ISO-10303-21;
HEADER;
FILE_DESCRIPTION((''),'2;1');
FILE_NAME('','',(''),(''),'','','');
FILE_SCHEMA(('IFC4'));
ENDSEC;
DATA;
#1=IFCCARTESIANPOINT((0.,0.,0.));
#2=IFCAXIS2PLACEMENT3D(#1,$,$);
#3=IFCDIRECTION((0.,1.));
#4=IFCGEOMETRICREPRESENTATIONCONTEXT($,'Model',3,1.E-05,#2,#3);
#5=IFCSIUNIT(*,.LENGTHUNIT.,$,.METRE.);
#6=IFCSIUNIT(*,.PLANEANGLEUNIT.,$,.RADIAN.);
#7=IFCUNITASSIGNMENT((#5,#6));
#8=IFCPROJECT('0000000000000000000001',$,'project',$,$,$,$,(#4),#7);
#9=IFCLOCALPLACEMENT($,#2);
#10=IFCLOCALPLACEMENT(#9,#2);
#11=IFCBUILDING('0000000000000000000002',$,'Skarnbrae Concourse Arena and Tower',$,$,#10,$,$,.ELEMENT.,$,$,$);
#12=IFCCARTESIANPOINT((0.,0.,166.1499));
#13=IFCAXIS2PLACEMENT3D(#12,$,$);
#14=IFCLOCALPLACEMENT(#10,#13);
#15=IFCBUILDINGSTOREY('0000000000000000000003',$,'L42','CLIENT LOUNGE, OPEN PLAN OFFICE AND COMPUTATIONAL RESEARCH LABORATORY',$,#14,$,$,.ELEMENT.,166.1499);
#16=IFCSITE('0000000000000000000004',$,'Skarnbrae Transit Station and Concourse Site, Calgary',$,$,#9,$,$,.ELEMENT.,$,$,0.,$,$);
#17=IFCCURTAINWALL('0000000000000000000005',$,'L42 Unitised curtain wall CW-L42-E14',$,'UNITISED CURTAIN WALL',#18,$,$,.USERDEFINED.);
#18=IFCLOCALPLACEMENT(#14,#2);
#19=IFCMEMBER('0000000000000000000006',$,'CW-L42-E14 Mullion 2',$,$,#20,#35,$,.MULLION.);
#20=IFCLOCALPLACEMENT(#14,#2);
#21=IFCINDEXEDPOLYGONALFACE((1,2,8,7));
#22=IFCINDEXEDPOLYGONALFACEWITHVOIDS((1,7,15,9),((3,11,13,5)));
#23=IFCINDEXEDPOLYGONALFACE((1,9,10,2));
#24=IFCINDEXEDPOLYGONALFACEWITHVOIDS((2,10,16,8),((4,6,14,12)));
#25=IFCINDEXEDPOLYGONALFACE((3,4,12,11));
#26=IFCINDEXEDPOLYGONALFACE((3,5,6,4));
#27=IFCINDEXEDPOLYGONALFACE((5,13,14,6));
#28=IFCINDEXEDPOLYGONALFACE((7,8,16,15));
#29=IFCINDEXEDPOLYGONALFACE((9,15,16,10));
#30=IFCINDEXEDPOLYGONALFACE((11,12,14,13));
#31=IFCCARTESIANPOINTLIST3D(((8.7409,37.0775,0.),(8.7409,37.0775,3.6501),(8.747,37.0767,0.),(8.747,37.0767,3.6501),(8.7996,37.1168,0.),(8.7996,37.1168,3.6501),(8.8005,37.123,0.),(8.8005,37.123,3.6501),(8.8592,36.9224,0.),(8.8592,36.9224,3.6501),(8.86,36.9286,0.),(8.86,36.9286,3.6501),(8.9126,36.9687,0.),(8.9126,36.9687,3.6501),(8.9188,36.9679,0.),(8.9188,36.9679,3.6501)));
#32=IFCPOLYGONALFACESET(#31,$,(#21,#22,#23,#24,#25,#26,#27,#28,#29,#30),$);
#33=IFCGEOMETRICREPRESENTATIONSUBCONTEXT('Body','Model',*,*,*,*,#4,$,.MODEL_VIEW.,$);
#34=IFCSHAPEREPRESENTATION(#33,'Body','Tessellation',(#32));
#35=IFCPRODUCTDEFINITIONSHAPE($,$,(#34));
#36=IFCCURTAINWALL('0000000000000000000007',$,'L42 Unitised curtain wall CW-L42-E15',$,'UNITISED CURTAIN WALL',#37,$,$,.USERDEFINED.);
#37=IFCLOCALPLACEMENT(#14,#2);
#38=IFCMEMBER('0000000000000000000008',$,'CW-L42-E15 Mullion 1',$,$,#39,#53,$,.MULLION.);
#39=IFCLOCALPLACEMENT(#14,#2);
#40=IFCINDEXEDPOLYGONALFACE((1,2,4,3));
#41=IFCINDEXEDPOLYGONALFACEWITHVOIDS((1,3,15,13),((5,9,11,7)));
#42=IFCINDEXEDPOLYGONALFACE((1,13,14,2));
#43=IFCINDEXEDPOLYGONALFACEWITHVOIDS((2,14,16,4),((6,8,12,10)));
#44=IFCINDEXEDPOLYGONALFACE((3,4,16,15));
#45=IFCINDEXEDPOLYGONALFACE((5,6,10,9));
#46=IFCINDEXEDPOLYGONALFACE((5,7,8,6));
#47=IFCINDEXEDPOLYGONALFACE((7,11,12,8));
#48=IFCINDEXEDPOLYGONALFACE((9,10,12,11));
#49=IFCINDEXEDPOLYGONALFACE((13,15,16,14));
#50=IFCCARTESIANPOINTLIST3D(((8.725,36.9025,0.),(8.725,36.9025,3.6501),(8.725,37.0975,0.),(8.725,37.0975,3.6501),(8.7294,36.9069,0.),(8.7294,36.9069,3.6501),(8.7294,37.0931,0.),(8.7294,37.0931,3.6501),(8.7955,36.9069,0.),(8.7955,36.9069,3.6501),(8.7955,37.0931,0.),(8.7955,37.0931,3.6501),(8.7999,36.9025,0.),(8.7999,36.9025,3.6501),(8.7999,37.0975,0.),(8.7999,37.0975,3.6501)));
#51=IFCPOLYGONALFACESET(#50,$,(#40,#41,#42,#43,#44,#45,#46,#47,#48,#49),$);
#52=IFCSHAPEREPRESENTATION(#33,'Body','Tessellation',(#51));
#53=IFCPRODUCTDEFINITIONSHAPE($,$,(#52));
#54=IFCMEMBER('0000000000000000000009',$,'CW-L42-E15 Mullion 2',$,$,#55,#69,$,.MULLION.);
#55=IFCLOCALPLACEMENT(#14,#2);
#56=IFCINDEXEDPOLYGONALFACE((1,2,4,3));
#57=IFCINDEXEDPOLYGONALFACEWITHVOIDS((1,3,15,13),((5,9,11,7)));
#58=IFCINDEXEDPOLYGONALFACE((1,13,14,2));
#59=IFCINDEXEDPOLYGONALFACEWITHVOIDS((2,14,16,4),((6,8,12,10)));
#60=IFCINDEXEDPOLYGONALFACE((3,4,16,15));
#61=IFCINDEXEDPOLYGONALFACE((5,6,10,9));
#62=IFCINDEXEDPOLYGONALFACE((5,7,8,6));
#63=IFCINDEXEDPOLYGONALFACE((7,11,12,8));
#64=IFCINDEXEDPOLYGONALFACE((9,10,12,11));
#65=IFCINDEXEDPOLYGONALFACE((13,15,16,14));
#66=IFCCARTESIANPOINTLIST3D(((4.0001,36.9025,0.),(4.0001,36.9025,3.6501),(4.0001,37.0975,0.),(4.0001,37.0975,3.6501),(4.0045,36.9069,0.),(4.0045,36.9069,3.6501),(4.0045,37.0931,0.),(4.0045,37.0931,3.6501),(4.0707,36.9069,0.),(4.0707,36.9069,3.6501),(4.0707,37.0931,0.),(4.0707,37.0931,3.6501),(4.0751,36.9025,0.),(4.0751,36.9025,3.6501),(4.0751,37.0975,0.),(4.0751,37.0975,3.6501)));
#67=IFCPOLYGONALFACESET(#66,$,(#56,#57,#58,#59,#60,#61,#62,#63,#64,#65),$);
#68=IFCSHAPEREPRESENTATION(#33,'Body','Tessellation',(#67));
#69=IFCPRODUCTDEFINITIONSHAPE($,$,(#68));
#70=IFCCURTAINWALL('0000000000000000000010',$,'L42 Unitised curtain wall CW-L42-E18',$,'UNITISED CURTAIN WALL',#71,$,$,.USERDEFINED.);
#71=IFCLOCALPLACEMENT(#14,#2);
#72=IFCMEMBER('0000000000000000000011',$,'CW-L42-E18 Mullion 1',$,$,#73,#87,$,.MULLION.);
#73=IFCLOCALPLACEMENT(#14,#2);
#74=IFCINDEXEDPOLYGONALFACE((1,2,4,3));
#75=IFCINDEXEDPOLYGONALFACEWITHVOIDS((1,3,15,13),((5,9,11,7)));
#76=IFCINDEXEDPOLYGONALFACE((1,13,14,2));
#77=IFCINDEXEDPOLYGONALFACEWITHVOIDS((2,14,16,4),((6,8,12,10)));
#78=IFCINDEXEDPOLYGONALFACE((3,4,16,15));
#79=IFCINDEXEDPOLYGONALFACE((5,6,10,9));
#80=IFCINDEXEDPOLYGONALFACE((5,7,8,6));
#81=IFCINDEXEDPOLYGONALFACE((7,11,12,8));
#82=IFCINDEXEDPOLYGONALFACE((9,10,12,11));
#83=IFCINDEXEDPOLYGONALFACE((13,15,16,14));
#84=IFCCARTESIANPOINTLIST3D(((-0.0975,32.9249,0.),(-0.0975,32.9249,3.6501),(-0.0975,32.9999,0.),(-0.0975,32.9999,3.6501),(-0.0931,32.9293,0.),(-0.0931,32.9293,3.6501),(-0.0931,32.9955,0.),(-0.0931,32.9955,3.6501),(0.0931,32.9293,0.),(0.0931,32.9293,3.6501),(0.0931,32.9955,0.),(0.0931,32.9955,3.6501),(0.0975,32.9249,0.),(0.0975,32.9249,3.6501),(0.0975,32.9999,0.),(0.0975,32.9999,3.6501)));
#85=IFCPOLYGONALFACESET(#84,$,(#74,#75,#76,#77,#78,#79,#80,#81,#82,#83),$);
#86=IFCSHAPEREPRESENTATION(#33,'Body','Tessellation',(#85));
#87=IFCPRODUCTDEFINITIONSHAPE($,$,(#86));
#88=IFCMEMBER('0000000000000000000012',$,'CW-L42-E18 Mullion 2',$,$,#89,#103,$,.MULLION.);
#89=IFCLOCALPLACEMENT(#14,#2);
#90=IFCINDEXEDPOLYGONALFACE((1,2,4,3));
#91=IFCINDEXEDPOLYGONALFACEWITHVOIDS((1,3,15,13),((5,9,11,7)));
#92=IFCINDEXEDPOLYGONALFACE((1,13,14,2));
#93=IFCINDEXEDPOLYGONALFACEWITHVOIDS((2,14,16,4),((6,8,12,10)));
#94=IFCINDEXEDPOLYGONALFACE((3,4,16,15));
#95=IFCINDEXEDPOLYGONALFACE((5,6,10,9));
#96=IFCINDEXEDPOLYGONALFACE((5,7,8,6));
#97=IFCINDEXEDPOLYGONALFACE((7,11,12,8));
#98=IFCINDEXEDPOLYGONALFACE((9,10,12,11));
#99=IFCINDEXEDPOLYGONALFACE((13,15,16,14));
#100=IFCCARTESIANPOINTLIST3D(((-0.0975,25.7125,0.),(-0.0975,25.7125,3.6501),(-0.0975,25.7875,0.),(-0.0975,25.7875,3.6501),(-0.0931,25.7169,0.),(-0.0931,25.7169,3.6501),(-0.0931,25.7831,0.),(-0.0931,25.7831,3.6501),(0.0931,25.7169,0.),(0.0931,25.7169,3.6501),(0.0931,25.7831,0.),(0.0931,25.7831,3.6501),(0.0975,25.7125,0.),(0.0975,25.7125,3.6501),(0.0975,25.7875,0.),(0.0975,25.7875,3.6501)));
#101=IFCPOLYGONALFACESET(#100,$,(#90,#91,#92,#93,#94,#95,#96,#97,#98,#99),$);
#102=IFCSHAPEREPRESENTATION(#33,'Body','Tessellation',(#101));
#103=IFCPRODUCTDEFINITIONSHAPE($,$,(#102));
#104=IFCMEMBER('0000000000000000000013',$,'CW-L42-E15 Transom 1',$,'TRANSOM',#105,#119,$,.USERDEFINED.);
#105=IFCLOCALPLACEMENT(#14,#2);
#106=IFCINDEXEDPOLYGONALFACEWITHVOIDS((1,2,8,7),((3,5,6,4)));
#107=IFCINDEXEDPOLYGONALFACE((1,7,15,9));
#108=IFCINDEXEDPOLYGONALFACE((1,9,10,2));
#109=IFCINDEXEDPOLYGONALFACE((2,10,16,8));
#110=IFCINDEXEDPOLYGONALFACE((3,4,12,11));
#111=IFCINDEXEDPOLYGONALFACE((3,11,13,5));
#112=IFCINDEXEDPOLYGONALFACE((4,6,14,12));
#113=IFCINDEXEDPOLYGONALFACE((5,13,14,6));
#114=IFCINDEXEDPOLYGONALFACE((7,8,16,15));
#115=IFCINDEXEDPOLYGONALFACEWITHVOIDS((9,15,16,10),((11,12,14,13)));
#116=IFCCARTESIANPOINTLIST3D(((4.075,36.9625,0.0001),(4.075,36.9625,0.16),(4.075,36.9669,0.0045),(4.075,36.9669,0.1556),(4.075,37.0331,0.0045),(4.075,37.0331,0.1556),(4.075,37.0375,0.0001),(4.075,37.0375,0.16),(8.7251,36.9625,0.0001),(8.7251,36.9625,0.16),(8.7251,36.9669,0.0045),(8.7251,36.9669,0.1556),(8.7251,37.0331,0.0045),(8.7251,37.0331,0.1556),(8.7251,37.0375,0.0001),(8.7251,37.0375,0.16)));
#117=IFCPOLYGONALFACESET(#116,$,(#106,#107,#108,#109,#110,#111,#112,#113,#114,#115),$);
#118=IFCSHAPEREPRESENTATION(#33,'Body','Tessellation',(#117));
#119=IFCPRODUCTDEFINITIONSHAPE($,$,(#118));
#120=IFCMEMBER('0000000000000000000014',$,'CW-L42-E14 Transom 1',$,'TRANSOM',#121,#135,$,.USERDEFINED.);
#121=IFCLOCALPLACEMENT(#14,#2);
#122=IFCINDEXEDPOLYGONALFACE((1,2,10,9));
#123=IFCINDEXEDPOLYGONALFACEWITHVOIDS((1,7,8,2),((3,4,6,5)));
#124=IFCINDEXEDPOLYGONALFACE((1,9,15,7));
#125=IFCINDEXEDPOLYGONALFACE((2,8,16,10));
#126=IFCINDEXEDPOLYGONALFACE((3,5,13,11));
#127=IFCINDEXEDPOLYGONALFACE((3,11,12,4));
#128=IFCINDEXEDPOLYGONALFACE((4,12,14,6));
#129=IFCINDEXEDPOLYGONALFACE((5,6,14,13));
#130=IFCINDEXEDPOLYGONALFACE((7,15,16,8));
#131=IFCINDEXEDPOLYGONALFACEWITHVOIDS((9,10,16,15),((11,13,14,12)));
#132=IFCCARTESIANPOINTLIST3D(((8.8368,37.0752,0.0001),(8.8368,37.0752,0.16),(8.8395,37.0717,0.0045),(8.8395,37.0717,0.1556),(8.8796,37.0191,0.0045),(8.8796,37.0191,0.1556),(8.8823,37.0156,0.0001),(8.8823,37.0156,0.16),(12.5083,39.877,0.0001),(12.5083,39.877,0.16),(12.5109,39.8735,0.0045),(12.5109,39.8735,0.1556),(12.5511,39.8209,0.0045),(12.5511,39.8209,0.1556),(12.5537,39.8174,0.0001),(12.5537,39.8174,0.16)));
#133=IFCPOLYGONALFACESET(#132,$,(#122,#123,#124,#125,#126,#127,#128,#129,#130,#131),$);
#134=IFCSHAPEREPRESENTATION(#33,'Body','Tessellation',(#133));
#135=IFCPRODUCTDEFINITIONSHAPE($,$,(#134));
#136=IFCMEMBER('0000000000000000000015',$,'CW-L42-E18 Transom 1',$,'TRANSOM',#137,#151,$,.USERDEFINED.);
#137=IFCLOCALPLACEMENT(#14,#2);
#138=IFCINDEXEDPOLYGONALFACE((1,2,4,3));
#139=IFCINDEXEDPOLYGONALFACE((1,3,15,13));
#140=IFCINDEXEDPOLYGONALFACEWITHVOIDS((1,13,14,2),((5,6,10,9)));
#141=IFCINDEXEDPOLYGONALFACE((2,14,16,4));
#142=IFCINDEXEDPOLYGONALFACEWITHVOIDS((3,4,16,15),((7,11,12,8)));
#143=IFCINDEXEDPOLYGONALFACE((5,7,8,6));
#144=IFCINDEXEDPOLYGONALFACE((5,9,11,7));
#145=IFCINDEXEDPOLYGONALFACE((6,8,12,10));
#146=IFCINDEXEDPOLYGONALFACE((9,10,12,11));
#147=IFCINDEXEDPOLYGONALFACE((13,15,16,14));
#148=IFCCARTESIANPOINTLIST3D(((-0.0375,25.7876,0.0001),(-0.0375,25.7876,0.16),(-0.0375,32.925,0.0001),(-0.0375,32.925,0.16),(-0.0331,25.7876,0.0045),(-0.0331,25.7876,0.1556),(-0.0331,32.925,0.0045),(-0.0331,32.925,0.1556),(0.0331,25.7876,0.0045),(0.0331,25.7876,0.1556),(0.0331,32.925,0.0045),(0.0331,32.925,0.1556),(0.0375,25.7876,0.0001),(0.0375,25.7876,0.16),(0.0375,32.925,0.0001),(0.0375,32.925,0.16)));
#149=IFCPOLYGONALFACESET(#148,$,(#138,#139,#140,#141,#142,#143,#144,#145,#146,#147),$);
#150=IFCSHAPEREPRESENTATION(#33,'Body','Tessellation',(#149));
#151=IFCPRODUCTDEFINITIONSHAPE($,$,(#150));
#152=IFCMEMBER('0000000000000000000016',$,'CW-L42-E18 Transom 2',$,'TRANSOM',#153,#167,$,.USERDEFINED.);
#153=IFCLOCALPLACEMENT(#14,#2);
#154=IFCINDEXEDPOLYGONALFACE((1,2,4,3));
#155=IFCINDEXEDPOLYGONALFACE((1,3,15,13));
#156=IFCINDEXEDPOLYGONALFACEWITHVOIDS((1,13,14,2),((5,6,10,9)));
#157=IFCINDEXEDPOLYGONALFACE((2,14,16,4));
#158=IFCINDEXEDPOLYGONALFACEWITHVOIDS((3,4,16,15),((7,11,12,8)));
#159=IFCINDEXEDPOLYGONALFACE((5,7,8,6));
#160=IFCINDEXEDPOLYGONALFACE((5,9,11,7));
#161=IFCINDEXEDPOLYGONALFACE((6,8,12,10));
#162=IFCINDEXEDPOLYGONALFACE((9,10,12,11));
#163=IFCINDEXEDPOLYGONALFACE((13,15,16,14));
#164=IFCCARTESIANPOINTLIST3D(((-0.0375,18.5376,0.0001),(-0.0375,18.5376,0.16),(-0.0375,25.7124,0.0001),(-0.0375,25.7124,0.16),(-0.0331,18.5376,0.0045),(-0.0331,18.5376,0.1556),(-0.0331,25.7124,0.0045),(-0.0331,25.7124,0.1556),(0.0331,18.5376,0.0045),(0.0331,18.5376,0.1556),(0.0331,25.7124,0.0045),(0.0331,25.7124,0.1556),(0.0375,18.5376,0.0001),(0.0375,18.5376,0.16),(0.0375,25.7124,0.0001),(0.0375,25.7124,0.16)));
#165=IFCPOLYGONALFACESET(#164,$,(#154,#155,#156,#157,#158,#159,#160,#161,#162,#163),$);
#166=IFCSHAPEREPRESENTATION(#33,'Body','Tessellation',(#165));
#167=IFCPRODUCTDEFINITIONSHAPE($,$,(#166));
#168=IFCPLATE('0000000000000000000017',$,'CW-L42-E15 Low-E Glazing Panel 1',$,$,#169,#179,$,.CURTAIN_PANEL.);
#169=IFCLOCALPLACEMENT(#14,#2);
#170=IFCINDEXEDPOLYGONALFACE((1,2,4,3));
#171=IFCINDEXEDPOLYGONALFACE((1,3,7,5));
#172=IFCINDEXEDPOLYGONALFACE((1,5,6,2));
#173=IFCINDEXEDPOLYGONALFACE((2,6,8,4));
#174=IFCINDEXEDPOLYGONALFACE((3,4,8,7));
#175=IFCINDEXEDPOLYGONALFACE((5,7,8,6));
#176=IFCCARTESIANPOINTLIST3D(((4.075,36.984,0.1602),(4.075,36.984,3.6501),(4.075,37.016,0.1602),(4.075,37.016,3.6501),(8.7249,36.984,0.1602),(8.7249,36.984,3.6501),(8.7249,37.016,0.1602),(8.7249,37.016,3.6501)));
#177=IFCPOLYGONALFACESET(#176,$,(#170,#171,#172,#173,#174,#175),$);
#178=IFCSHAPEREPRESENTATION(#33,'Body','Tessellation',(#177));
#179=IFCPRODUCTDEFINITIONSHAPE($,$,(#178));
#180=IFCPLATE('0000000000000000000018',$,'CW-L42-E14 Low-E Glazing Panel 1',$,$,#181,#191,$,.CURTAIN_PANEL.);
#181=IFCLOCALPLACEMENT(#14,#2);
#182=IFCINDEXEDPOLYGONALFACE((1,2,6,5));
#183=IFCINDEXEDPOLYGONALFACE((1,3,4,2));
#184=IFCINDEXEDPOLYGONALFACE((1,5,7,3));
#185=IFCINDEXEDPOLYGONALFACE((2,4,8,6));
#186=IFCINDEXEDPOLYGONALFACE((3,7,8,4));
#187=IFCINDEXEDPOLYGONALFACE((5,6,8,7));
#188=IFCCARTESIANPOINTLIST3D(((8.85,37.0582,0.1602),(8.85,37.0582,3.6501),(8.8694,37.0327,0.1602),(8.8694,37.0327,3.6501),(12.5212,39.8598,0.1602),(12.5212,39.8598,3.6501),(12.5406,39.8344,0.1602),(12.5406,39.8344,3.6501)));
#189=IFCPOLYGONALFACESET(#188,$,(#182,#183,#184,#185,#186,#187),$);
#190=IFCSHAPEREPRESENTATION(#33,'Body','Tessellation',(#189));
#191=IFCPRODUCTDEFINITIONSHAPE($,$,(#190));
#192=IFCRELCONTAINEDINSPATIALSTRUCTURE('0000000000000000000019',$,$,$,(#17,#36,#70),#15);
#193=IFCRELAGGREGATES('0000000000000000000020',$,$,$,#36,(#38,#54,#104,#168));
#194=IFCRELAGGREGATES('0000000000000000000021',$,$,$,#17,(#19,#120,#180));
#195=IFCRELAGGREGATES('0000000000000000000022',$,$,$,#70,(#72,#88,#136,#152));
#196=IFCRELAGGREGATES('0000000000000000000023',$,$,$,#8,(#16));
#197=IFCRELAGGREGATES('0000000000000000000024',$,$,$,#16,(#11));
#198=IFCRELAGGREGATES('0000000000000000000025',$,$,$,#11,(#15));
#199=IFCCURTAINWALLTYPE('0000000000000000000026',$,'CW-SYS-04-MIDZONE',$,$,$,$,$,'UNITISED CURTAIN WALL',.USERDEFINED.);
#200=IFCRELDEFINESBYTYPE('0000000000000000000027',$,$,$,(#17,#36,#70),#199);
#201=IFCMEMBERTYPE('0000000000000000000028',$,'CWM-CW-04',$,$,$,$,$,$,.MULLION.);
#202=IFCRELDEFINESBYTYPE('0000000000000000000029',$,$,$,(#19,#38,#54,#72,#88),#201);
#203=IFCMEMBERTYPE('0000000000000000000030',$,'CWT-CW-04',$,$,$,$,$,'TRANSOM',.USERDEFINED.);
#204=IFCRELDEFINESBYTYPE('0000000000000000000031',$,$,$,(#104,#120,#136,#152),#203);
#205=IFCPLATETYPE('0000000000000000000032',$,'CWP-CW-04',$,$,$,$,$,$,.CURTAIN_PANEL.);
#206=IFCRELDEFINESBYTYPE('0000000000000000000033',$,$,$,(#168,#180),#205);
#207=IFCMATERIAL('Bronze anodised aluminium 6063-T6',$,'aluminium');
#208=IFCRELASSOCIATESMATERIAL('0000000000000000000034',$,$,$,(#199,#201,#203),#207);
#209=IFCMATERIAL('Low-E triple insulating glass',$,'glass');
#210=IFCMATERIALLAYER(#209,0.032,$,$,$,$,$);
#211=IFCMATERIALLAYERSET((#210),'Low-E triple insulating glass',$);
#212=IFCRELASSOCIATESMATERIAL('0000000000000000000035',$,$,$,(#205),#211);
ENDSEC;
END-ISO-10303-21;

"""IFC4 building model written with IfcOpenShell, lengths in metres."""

from ifc_helpers import new_model, si_unit, direction, frame, origin, origin_2d, place, context, subcontext, project, spatial, rectangle, hollow_rectangle, extrude, source, transform, mapped, material, layer, layer_set, material_profile, profile_set, type_object, element, aggregate, save


model = new_model("IFC4")

# Units and contexts
model_context = context("Model", 3, precision=1e-05, world=origin(), true_north=direction((0.0, 1.0)))
body_context = subcontext(model_context, "Body", "Model", "MODEL_VIEW")
ifc_project = project(units=[si_unit("LENGTHUNIT", "METRE"), si_unit("PLANEANGLEUNIT", "RADIAN")], contexts=[model_context])

# Site, building, storey
site_placement = place(None, origin())
site = spatial("IfcSite", under=ifc_project, at=site_placement, Name="Skarnbrae Transit Station and Concourse Site, Calgary", CompositionType="ELEMENT", RefElevation=0.0)
building_placement = place(site_placement, origin())
building = spatial("IfcBuilding", under=site, at=building_placement, Name="Skarnbrae Concourse Arena and Tower", CompositionType="ELEMENT")
storey_placement = place(building_placement, frame((0.0, 0.0, 166.1499)))
storey = spatial("IfcBuildingStorey", under=building, at=storey_placement, Name="L42", Description="CLIENT LOUNGE, OPEN PLAN OFFICE AND COMPUTATIONAL RESEARCH LABORATORY", CompositionType="ELEMENT", Elevation=166.1499)

# Curtain wall, member
ifc_material_1 = material(Name="Bronze anodised aluminium 6063-T6", Category="aluminium")
curtain_wall_type = type_object("IfcCurtainWallType", Name="CW-SYS-04-MIDZONE", ElementType="UNITISED CURTAIN WALL", PredefinedType="USERDEFINED", material=ifc_material_1)
curtain_wall_1_placement = place(storey_placement, origin())
curtain_wall_1 = element("IfcCurtainWall", 1, at=curtain_wall_1_placement, inside=storey, type_object=curtain_wall_type, Name="L42 Unitised curtain wall CW-L42-E14", ObjectType="UNITISED CURTAIN WALL", PredefinedType="USERDEFINED")
ifc_material_profile_1 = material_profile(ifc_material_1, hollow_rectangle(XDim=0.075, YDim=0.1951, WallThickness=0.0044, at=origin_2d()), Name="ALU-MULL-75X195")
ifc_profile_set_1 = profile_set([ifc_material_profile_1], Name="Bronze anodised aluminium 6063-T6")
member_type_1 = type_object("IfcMemberType", Name="CWM-CW-04", PredefinedType="MULLION", material=ifc_profile_set_1)
shared_shape_1 = source(origin(), body_context, "Body", "SweptSolid", [
    extrude(hollow_rectangle(XDim=0.075, YDim=0.1951, WallThickness=0.0044, at=origin_2d()), origin(), (0.0, 0.0, 1.0), 3.6501),
])
member_1_placement = place(storey_placement, frame((8.8298, 37.0227, 0.0), z_axis=(0.0, 0.0, 1.0), x_axis=(-0.794956, -0.606667, 0.0)))
member_1 = element("IfcMember", 2, at=member_1_placement, type_object=member_type_1, Name="CW-L42-E14 Mullion 2", PredefinedType="MULLION", context=body_context, shape_type="MappedRepresentation", body=[
    mapped(shared_shape_1, transform((0.0, 0.0, 0.0))),
])

# Curtain walls, members
curtain_wall_2_placement = place(storey_placement, origin())
curtain_wall_2 = element("IfcCurtainWall", 3, at=curtain_wall_2_placement, inside=storey, type_object=curtain_wall_type, Name="L42 Unitised curtain wall CW-L42-E15", ObjectType="UNITISED CURTAIN WALL", PredefinedType="USERDEFINED")
member_2_placement = place(storey_placement, frame((8.7625, 37.0, 0.0), z_axis=(0.0, 0.0, 1.0), x_axis=(-1.0, 0.0, 0.0)))
member_2 = element("IfcMember", 4, at=member_2_placement, type_object=member_type_1, Name="CW-L42-E15 Mullion 1", PredefinedType="MULLION", context=body_context, shape_type="MappedRepresentation", body=[
    mapped(shared_shape_1, transform((0.0, 0.0, 0.0))),
])
member_3_placement = place(storey_placement, frame((4.0376, 37.0, 0.0), z_axis=(0.0, 0.0, 1.0), x_axis=(-1.0, 0.0, 0.0)))
member_3 = element("IfcMember", 5, at=member_3_placement, type_object=member_type_1, Name="CW-L42-E15 Mullion 2", PredefinedType="MULLION", context=body_context, shape_type="MappedRepresentation", body=[
    mapped(shared_shape_1, transform((0.0, 0.0, 0.0))),
])
curtain_wall_3_placement = place(storey_placement, origin())
curtain_wall_3 = element("IfcCurtainWall", 6, at=curtain_wall_3_placement, inside=storey, type_object=curtain_wall_type, Name="L42 Unitised curtain wall CW-L42-E18", ObjectType="UNITISED CURTAIN WALL", PredefinedType="USERDEFINED")
member_4_placement = place(storey_placement, frame((0.0, 32.9624, 0.0), z_axis=(0.0, 0.0, 1.0), x_axis=(0.0, -1.0, 0.0)))
member_4 = element("IfcMember", 7, at=member_4_placement, type_object=member_type_1, Name="CW-L42-E18 Mullion 1", PredefinedType="MULLION", context=body_context, shape_type="MappedRepresentation", body=[
    mapped(shared_shape_1, transform((0.0, 0.0, 0.0))),
])
member_5_placement = place(storey_placement, frame((0.0, 25.75, 0.0), z_axis=(0.0, 0.0, 1.0), x_axis=(0.0, -1.0, 0.0)))
member_5 = element("IfcMember", 8, at=member_5_placement, type_object=member_type_1, Name="CW-L42-E18 Mullion 2", PredefinedType="MULLION", context=body_context, shape_type="MappedRepresentation", body=[
    mapped(shared_shape_1, transform((0.0, 0.0, 0.0))),
])

# Members
ifc_material_profile_2 = material_profile(ifc_material_1, hollow_rectangle(XDim=0.075, YDim=0.1599, WallThickness=0.0044, at=origin_2d()), Name="ALU-TRAN-75X160")
ifc_profile_set_2 = profile_set([ifc_material_profile_2], Name="Bronze anodised aluminium 6063-T6")
member_type_2 = type_object("IfcMemberType", Name="CWT-CW-04", ElementType="TRANSOM", PredefinedType="USERDEFINED", material=ifc_profile_set_2)
shared_shape_2 = source(origin(), body_context, "Body", "SweptSolid", [
    extrude(hollow_rectangle(XDim=0.075, YDim=0.1599, WallThickness=0.0044, at=origin_2d()), origin(), (0.0, 0.0, 1.0), 4.6501),
])
member_6_placement = place(storey_placement, frame((8.7251, 37.0, 0.0801), z_axis=(-1.0, 0.0, 0.0), x_axis=(0.0, -1.0, 0.0)))
member_6 = element("IfcMember", 9, at=member_6_placement, type_object=member_type_2, Name="CW-L42-E15 Transom 1", ObjectType="TRANSOM", PredefinedType="USERDEFINED", context=body_context, shape_type="MappedRepresentation", body=[
    mapped(shared_shape_2, transform((0.0, 0.0, 0.0))),
])
shared_shape_3 = source(origin(), body_context, "Body", "SweptSolid", [
    extrude(hollow_rectangle(XDim=0.075, YDim=0.1599, WallThickness=0.0044, at=origin_2d()), origin(), (0.0, 0.0, 1.0), 4.6184),
])
member_7_placement = place(storey_placement, frame((12.531, 39.8472, 0.0801), z_axis=(-0.794961, -0.606661, 0.0), x_axis=(0.606661, -0.794961, 0.0)))
member_7 = element("IfcMember", 10, at=member_7_placement, type_object=member_type_2, Name="CW-L42-E14 Transom 1", ObjectType="TRANSOM", PredefinedType="USERDEFINED", context=body_context, shape_type="MappedRepresentation", body=[
    mapped(shared_shape_3, transform((0.0, 0.0, 0.0))),
])
shared_shape_4 = source(origin(), body_context, "Body", "SweptSolid", [
    extrude(hollow_rectangle(XDim=0.075, YDim=0.1599, WallThickness=0.0044, at=origin_2d()), origin(), (0.0, 0.0, 1.0), 7.1375),
])
member_8_placement = place(storey_placement, frame((0.0, 32.925, 0.0801), z_axis=(0.0, -1.0, 0.0), x_axis=(1.0, 0.0, 0.0)))
member_8 = element("IfcMember", 11, at=member_8_placement, type_object=member_type_2, Name="CW-L42-E18 Transom 1", ObjectType="TRANSOM", PredefinedType="USERDEFINED", context=body_context, shape_type="MappedRepresentation", body=[
    mapped(shared_shape_4, transform((0.0, 0.0, 0.0))),
])
shared_shape_5 = source(origin(), body_context, "Body", "SweptSolid", [
    extrude(hollow_rectangle(XDim=0.075, YDim=0.1599, WallThickness=0.0044, at=origin_2d()), origin(), (0.0, 0.0, 1.0), 7.1748),
])
member_9_placement = place(storey_placement, frame((0.0, 25.7124, 0.0801), z_axis=(0.0, -1.0, 0.0), x_axis=(1.0, 0.0, 0.0)))
member_9 = element("IfcMember", 12, at=member_9_placement, type_object=member_type_2, Name="CW-L42-E18 Transom 2", ObjectType="TRANSOM", PredefinedType="USERDEFINED", context=body_context, shape_type="MappedRepresentation", body=[
    mapped(shared_shape_5, transform((0.0, 0.0, 0.0))),
])

# Plates
ifc_material_2 = material(Name="Low-E triple insulating glass", Category="glass")
ifc_layer_1 = layer(ifc_material_2, 0.032)
ifc_layer_set_1 = layer_set([ifc_layer_1], Name="Low-E triple insulating glass")
plate_type = type_object("IfcPlateType", Name="CWP-CW-04", PredefinedType="CURTAIN_PANEL", material=ifc_layer_set_1)
shared_shape_6 = source(origin(), body_context, "Body", "SweptSolid", [
    extrude(rectangle(XDim=4.6499, YDim=0.032, at=origin_2d()), origin(), (0.0, 0.0, 1.0), 3.49),
])
plate_1_placement = place(storey_placement, frame((6.3999, 37.0, 0.1602), z_axis=(0.0, 0.0, 1.0), x_axis=(-1.0, 0.0, 0.0)))
plate_1 = element("IfcPlate", 13, at=plate_1_placement, type_object=plate_type, Name="CW-L42-E15 Low-E Glazing Panel 1", PredefinedType="CURTAIN_PANEL", context=body_context, shape_type="MappedRepresentation", body=[
    mapped(shared_shape_6, transform((0.0, 0.0, 0.0))),
])
aggregate(curtain_wall_2, [member_2, member_3, member_6, plate_1])
shared_shape_7 = source(origin(), body_context, "Body", "SweptSolid", [
    extrude(rectangle(XDim=4.6182, YDim=0.032, at=origin_2d()), origin(), (0.0, 0.0, 1.0), 3.49),
])
plate_2_placement = place(storey_placement, frame((10.6953, 38.4463, 0.1602), z_axis=(0.0, 0.0, 1.0), x_axis=(-0.794956, -0.606667, 0.0)))
plate_2 = element("IfcPlate", 14, at=plate_2_placement, type_object=plate_type, Name="CW-L42-E14 Low-E Glazing Panel 1", PredefinedType="CURTAIN_PANEL", context=body_context, shape_type="MappedRepresentation", body=[
    mapped(shared_shape_7, transform((0.0, 0.0, 0.0))),
])
aggregate(curtain_wall_1, [member_1, member_7, plate_2])
aggregate(curtain_wall_3, [member_4, member_5, member_8, member_9])

save(model, "model.ifc")
